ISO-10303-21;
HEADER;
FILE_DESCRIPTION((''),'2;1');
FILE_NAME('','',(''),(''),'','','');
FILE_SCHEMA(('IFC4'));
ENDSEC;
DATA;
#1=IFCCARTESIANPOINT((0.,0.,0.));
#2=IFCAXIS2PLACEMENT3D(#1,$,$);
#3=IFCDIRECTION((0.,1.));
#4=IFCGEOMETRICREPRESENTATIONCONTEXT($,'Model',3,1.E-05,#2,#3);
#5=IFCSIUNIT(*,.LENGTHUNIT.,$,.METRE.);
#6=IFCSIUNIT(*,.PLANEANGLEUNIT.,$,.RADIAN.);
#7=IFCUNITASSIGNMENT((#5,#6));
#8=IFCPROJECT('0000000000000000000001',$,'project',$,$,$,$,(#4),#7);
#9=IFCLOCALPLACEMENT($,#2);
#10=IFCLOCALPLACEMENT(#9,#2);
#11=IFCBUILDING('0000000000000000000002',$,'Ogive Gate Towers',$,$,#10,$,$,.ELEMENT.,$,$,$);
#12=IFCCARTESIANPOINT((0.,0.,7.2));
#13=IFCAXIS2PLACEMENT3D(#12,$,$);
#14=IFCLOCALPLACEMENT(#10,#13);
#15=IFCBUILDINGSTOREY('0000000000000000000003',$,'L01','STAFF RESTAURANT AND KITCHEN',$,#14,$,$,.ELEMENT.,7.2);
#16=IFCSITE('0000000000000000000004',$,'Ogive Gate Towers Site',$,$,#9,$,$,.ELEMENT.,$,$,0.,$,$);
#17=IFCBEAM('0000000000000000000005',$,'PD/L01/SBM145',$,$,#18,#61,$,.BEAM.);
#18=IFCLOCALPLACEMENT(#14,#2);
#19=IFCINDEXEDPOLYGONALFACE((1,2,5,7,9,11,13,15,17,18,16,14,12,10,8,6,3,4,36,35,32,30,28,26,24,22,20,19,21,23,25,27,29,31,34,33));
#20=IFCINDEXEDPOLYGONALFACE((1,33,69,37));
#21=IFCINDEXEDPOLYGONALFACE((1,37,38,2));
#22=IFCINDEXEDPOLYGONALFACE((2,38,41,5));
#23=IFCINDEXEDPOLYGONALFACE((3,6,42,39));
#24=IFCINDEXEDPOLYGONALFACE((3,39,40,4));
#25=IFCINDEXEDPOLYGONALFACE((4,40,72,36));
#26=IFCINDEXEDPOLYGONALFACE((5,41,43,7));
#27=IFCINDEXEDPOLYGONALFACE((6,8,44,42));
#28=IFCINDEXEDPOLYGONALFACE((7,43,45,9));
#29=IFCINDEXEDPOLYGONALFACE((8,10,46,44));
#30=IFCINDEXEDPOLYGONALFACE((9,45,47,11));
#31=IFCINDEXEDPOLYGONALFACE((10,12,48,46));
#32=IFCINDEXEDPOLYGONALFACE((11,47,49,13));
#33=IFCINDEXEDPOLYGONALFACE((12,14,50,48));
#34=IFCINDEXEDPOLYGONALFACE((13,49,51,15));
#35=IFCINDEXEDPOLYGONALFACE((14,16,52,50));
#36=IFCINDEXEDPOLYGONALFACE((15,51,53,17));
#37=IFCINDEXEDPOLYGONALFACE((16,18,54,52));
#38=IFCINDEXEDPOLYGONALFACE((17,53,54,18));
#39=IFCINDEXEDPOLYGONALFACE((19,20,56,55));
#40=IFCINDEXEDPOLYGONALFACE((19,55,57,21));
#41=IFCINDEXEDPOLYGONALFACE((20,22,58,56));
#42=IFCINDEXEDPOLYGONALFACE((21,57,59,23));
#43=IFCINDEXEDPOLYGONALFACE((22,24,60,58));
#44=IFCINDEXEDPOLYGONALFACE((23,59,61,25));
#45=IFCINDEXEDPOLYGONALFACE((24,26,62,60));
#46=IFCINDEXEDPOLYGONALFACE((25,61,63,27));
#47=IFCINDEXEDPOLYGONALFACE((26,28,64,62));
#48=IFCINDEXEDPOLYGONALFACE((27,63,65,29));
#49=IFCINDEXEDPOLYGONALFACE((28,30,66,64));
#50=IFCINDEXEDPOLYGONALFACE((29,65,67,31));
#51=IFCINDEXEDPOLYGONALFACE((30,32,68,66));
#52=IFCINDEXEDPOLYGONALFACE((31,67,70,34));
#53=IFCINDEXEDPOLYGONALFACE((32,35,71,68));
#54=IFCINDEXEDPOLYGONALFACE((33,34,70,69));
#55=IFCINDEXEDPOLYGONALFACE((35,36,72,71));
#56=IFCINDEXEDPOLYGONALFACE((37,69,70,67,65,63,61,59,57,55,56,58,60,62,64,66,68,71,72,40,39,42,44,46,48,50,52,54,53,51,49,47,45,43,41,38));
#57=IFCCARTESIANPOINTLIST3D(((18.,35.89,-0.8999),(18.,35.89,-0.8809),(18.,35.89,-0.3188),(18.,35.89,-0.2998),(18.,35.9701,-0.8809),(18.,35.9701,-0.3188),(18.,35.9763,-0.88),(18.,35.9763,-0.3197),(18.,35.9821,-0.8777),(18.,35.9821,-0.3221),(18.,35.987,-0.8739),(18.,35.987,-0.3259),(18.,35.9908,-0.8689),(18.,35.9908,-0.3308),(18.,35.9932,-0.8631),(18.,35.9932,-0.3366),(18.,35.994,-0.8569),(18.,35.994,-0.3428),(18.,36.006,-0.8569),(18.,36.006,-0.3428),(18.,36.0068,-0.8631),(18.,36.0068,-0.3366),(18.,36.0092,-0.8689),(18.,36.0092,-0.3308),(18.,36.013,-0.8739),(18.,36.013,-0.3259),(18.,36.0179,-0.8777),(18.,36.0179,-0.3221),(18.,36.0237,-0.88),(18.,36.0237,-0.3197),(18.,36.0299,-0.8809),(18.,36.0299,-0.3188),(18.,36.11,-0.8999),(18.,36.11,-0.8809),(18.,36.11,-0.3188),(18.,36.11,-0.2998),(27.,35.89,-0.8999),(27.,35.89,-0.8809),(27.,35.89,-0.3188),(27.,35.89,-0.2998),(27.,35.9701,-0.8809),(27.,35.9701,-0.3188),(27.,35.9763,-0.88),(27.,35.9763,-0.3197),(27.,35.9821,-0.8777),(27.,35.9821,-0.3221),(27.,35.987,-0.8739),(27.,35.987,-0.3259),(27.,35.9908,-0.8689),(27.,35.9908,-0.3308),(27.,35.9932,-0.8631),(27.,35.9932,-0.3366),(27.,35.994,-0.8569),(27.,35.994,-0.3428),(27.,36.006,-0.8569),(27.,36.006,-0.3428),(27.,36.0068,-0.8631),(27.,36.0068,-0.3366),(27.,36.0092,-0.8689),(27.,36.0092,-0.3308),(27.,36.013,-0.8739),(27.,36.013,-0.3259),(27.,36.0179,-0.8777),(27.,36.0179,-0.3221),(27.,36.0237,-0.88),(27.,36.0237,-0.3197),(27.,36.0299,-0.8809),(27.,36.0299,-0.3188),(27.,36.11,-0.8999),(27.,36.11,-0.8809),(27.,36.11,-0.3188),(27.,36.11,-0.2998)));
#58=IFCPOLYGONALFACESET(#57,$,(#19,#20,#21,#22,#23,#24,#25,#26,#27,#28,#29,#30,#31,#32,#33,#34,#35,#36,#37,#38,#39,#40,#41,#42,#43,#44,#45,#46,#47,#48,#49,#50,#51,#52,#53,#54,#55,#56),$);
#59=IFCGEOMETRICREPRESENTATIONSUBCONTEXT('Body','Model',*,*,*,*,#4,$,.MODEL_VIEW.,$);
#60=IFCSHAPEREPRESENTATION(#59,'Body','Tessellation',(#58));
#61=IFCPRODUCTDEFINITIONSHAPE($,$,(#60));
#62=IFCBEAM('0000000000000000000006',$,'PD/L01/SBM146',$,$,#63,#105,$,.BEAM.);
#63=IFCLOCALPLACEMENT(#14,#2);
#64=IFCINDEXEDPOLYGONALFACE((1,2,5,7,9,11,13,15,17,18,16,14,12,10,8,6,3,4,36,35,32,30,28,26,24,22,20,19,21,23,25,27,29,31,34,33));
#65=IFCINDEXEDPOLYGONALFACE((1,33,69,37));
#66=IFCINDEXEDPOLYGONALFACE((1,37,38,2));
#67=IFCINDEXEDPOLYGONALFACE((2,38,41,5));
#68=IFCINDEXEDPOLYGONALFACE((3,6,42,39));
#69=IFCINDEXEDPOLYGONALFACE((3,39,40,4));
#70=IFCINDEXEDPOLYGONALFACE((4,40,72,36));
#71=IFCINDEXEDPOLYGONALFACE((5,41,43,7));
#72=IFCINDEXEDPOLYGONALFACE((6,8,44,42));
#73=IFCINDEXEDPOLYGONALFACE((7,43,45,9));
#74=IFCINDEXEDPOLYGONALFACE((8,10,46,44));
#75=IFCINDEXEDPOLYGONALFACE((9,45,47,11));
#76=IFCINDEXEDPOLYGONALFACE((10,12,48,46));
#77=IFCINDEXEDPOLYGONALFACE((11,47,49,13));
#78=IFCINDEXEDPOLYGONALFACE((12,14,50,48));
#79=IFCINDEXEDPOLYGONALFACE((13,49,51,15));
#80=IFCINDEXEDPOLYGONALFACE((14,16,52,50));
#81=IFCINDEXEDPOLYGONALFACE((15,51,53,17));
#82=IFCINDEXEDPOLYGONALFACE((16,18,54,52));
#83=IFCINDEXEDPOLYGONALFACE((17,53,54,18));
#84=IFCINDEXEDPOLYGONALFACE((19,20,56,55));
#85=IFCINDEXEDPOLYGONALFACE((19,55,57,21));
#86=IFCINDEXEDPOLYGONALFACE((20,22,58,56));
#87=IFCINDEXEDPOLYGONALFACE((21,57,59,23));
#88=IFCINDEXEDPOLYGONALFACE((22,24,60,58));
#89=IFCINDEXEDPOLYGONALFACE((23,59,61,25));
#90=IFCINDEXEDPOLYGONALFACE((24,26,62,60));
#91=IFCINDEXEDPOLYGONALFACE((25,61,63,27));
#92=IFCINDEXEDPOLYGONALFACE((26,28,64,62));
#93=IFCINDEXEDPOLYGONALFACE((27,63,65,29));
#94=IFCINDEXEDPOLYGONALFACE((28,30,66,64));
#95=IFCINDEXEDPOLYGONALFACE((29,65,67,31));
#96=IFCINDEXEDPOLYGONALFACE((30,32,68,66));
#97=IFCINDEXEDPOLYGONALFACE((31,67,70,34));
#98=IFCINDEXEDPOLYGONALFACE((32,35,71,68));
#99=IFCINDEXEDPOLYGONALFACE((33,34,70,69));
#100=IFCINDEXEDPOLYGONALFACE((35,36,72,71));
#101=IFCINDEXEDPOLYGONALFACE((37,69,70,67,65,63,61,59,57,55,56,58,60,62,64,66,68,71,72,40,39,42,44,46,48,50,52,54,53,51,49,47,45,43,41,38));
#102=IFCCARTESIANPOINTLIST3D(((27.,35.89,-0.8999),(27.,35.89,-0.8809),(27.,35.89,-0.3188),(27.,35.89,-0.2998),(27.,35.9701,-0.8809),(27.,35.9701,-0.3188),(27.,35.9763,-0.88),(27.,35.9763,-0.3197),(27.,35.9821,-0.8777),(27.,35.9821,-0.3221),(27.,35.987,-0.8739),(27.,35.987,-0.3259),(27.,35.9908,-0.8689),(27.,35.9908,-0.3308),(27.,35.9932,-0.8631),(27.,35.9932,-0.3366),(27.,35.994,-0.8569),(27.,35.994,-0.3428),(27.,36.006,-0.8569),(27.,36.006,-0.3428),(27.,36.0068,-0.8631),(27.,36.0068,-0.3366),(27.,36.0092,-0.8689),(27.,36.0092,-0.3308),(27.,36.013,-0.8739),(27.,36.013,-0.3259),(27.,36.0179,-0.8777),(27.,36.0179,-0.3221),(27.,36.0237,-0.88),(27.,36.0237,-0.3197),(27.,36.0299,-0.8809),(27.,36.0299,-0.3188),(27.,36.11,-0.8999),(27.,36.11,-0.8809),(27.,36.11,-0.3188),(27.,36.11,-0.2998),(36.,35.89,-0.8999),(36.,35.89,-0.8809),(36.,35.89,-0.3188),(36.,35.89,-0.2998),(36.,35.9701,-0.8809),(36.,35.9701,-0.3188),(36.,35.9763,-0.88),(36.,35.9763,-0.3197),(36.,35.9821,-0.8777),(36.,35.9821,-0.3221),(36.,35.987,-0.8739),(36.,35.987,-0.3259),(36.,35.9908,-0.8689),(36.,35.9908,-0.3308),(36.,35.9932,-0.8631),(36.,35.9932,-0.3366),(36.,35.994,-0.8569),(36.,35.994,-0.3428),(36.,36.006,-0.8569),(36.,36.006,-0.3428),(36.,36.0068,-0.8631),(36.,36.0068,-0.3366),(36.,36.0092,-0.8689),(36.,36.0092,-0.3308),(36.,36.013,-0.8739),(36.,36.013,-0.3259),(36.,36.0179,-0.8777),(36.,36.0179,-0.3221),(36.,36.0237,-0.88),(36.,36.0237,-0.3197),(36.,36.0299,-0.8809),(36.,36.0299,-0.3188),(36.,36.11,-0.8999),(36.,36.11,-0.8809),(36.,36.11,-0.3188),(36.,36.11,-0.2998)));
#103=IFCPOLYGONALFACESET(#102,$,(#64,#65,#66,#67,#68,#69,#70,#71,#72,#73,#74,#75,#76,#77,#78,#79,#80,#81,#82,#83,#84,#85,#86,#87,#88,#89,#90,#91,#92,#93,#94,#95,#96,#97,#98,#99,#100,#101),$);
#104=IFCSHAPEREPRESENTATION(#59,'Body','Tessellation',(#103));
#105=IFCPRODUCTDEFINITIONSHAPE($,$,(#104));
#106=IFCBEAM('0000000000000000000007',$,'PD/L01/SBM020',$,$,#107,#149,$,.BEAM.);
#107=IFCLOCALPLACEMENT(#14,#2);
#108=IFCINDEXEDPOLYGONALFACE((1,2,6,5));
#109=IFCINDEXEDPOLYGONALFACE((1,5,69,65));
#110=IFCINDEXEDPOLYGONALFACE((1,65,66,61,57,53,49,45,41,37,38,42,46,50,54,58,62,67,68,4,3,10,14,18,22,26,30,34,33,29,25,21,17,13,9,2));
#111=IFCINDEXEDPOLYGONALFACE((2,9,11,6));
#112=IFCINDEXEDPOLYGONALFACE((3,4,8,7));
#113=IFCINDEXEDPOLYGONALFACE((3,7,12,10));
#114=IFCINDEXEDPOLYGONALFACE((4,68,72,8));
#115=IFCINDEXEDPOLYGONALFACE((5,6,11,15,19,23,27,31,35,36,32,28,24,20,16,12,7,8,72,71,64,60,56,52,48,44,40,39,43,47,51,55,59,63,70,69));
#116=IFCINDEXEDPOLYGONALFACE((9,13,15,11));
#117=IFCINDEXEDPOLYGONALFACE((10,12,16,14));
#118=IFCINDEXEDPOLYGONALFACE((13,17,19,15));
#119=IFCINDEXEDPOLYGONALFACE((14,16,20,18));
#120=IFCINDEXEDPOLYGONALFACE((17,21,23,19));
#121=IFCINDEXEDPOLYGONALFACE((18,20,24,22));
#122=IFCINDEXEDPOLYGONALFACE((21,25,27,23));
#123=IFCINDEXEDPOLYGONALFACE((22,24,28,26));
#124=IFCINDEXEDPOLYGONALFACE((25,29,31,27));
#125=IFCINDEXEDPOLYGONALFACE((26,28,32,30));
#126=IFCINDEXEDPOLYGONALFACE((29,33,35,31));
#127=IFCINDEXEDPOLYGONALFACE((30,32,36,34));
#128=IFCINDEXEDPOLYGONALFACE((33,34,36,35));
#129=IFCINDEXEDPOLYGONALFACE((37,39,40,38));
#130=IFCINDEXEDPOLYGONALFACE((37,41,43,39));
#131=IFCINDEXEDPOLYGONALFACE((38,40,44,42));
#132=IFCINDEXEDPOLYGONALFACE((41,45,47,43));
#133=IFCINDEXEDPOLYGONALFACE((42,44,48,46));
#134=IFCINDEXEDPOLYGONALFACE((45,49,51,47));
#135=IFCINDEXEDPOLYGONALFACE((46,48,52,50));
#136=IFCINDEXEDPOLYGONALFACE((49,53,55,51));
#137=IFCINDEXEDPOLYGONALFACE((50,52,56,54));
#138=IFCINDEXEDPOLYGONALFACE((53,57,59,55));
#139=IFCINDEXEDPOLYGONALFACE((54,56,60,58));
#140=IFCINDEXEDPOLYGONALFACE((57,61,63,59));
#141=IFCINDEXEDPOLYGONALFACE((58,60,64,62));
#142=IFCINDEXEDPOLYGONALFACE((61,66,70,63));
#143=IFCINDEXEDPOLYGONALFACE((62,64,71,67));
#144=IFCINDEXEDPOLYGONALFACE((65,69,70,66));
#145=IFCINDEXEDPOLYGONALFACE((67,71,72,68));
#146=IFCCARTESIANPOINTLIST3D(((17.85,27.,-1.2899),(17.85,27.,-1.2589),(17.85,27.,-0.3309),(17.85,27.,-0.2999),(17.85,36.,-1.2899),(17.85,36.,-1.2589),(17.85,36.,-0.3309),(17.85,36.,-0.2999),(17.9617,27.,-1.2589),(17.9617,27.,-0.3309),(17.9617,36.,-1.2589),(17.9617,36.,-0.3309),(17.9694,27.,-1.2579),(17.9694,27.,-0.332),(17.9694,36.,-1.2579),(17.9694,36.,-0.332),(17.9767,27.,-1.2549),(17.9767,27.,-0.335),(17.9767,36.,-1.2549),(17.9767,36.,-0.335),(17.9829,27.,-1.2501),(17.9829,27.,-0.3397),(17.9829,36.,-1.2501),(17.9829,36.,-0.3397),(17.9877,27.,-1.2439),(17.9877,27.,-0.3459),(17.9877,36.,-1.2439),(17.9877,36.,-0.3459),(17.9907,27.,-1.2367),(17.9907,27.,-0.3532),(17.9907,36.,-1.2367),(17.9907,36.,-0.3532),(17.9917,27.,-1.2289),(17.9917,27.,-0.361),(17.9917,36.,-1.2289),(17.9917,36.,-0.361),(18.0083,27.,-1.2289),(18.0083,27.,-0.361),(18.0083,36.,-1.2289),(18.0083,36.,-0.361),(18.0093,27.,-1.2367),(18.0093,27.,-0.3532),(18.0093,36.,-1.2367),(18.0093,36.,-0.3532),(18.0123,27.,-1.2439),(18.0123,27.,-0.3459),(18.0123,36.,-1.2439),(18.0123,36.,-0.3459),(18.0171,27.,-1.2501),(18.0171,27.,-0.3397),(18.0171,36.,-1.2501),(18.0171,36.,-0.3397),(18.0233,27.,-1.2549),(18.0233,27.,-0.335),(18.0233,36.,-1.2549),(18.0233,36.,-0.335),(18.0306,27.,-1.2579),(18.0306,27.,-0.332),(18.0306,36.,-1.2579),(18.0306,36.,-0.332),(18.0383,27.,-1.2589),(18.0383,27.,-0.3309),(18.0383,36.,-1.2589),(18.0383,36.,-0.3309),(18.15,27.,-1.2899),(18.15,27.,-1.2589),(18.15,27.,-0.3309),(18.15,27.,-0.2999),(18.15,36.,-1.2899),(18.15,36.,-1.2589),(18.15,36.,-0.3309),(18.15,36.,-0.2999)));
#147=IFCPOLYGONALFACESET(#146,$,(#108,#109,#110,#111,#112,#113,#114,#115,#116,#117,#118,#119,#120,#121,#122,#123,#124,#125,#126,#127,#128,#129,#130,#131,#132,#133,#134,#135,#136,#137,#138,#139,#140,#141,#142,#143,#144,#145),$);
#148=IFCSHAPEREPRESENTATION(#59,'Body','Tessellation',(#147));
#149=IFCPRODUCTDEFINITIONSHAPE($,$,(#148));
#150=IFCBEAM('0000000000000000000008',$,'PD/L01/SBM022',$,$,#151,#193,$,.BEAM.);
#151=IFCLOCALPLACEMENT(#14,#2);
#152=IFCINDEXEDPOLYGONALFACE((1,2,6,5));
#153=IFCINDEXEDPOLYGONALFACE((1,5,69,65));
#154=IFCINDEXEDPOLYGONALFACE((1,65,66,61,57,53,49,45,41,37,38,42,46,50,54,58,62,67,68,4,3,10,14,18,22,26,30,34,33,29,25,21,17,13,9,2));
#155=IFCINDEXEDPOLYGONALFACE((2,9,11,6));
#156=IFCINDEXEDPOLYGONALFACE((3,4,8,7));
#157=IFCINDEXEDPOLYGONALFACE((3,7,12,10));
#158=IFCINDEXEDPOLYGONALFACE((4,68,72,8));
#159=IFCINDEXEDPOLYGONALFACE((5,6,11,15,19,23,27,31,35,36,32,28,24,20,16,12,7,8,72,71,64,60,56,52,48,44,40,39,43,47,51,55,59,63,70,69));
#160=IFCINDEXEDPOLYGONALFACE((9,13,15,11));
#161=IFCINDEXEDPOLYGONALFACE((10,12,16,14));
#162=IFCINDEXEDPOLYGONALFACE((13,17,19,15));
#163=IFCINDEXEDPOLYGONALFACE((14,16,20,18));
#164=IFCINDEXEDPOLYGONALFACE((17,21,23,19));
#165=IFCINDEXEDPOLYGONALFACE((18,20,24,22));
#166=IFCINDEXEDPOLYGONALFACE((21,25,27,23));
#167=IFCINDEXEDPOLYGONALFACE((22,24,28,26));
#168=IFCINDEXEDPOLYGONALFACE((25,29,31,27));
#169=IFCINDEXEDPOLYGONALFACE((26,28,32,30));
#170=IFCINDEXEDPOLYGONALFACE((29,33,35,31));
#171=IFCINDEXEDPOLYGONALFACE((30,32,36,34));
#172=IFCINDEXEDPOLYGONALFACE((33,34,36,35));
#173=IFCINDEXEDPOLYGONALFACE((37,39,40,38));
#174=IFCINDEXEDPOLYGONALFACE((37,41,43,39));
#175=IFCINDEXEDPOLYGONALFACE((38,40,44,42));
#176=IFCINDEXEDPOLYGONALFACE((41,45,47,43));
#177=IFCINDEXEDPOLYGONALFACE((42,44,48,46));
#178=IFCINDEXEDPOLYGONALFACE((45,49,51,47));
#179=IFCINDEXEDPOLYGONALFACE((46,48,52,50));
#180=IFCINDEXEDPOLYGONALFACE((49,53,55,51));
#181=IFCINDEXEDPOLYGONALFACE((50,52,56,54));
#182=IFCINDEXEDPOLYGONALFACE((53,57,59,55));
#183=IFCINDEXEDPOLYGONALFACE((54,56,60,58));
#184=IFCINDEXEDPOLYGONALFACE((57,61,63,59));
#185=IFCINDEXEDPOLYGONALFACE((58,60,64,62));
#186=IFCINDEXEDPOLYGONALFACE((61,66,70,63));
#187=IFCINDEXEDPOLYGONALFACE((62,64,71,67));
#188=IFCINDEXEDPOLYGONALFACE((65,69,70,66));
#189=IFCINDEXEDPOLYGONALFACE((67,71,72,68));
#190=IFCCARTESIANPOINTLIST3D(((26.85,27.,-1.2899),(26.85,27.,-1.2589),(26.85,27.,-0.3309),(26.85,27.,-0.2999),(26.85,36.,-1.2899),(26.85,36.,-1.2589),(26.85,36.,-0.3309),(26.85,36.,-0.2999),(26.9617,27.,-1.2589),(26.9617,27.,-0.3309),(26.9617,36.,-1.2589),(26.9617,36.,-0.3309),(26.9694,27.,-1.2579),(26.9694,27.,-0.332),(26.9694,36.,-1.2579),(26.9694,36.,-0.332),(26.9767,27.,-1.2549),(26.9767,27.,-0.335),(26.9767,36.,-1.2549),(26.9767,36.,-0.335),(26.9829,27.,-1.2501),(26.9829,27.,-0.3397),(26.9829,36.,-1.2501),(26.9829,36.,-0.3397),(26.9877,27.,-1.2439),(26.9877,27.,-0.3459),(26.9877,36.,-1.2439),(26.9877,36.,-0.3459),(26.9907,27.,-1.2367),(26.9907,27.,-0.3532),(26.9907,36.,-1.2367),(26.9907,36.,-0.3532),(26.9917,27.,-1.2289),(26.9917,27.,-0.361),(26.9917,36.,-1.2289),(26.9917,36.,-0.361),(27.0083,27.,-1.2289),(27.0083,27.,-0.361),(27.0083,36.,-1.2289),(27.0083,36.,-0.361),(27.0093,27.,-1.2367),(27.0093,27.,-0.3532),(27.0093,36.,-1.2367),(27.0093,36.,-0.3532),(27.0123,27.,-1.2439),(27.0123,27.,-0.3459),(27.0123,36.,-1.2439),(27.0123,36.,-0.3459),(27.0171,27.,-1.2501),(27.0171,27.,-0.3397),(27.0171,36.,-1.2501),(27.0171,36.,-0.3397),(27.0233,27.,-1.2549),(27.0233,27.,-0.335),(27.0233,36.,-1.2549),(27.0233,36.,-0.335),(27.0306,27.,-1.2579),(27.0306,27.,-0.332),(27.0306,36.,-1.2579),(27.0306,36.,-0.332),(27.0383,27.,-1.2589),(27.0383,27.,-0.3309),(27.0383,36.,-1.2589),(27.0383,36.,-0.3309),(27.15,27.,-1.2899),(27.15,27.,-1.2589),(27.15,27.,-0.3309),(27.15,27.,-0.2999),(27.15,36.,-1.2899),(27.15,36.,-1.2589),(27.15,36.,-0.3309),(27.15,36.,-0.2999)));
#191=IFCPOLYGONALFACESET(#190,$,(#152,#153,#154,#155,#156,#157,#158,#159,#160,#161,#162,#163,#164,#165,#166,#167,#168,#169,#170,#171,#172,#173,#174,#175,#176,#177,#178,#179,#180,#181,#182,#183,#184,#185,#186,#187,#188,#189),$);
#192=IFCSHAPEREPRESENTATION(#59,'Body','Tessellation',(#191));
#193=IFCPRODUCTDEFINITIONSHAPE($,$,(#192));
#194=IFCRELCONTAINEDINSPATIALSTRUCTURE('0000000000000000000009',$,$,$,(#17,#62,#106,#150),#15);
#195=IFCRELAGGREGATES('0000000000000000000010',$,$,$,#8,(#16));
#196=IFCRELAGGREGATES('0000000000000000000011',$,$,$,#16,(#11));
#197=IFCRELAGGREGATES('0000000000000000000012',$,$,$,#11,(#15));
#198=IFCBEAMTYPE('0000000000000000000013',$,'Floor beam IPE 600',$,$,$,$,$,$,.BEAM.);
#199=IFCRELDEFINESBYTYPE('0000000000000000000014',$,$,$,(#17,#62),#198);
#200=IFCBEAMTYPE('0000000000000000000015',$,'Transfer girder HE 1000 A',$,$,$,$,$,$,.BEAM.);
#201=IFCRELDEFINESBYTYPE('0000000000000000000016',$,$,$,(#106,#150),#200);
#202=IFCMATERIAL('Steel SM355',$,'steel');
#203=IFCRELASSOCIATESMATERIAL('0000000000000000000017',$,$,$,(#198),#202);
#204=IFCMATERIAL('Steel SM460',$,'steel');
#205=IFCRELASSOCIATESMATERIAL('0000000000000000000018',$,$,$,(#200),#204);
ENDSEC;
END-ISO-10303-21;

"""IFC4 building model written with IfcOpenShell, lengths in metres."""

from ifc_helpers import new_model, si_unit, direction, frame, origin, origin_2d, place, context, subcontext, project, spatial, i_section, extrude, material, material_profile, profile_set, type_object, element, save


model = new_model("IFC4")

# Units and contexts
model_context = context("Model", 3, precision=1e-05, world=origin(), true_north=direction((0.0, 1.0)))
body_context = subcontext(model_context, "Body", "Model", "MODEL_VIEW")
ifc_project = project(units=[si_unit("LENGTHUNIT", "METRE"), si_unit("PLANEANGLEUNIT", "RADIAN")], contexts=[model_context])

# Site, building, storey
site_placement = place(None, origin())
site = spatial("IfcSite", under=ifc_project, at=site_placement, Name="Ogive Gate Towers Site", CompositionType="ELEMENT", RefElevation=0.0)
building_placement = place(site_placement, origin())
building = spatial("IfcBuilding", under=site, at=building_placement, Name="Ogive Gate Towers", CompositionType="ELEMENT")
storey_placement = place(building_placement, frame((0.0, 0.0, 7.2)))
storey = spatial("IfcBuildingStorey", under=building, at=storey_placement, Name="L01", Description="STAFF RESTAURANT AND KITCHEN", CompositionType="ELEMENT", Elevation=7.2)

# Beams
ifc_material_1 = material(Name="Steel SM460", Category="steel")
ifc_material_2 = material(Name="Steel SM355", Category="steel")
ifc_material_profile_1 = material_profile(ifc_material_2, i_section(OverallWidth=0.22, OverallDepth=0.6001, WebThickness=0.012, FlangeThickness=0.019, FilletRadius=0.0239, at=origin_2d()), Name="IPE 600")
ifc_profile_set_1 = profile_set([ifc_material_profile_1], Name="Steel SM355")
beam_type_1 = type_object("IfcBeamType", Name="Floor beam IPE 600", PredefinedType="BEAM", material=ifc_profile_set_1)
for number, where, z_axis, x_axis, name in (
    (1, (18.0, 36.0, -0.5999), (1.0, 0.0, 0.0), (0.0, 1.0, 0.0), "PD/L01/SBM145"),
    (2, (27.0, 36.0, -0.5999), (1.0, 0.0, 0.0), (0.0, 1.0, 0.0), "PD/L01/SBM146"),
):
    element("IfcBeam", number, at=place(storey_placement, frame(where, z_axis=z_axis, x_axis=x_axis)), inside=storey, type_object=beam_type_1, Name=name, PredefinedType="BEAM", context=body_context, shape_type="SweptSolid", body=[
        extrude(i_section(OverallWidth=0.22, OverallDepth=0.6001, WebThickness=0.012, FlangeThickness=0.019, FilletRadius=0.0239, at=origin_2d()), origin(), (0.0, 0.0, 1.0), 9.0),
    ])
ifc_material_profile_2 = material_profile(ifc_material_1, i_section(OverallWidth=0.3, OverallDepth=0.99, WebThickness=0.0166, FlangeThickness=0.031, FilletRadius=0.03, at=origin_2d()), Name="HE 1000 A")
ifc_profile_set_2 = profile_set([ifc_material_profile_2], Name="Steel SM460")
beam_type_2 = type_object("IfcBeamType", Name="Transfer girder HE 1000 A", PredefinedType="BEAM", material=ifc_profile_set_2)
for number, where, z_axis, x_axis, name in (
    (3, (18.0, 27.0, -0.7949), (0.0, 1.0, 0.0), (-1.0, 0.0, 0.0), "PD/L01/SBM020"),
    (4, (27.0, 27.0, -0.7949), (0.0, 1.0, 0.0), (-1.0, 0.0, 0.0), "PD/L01/SBM022"),
):
    element("IfcBeam", number, at=place(storey_placement, frame(where, z_axis=z_axis, x_axis=x_axis)), inside=storey, type_object=beam_type_2, Name=name, PredefinedType="BEAM", context=body_context, shape_type="SweptSolid", body=[
        extrude(i_section(OverallWidth=0.3, OverallDepth=0.99, WebThickness=0.0166, FlangeThickness=0.031, FilletRadius=0.03, at=origin_2d()), origin(), (0.0, 0.0, 1.0), 9.0),
    ])

save(model, "model.ifc")
